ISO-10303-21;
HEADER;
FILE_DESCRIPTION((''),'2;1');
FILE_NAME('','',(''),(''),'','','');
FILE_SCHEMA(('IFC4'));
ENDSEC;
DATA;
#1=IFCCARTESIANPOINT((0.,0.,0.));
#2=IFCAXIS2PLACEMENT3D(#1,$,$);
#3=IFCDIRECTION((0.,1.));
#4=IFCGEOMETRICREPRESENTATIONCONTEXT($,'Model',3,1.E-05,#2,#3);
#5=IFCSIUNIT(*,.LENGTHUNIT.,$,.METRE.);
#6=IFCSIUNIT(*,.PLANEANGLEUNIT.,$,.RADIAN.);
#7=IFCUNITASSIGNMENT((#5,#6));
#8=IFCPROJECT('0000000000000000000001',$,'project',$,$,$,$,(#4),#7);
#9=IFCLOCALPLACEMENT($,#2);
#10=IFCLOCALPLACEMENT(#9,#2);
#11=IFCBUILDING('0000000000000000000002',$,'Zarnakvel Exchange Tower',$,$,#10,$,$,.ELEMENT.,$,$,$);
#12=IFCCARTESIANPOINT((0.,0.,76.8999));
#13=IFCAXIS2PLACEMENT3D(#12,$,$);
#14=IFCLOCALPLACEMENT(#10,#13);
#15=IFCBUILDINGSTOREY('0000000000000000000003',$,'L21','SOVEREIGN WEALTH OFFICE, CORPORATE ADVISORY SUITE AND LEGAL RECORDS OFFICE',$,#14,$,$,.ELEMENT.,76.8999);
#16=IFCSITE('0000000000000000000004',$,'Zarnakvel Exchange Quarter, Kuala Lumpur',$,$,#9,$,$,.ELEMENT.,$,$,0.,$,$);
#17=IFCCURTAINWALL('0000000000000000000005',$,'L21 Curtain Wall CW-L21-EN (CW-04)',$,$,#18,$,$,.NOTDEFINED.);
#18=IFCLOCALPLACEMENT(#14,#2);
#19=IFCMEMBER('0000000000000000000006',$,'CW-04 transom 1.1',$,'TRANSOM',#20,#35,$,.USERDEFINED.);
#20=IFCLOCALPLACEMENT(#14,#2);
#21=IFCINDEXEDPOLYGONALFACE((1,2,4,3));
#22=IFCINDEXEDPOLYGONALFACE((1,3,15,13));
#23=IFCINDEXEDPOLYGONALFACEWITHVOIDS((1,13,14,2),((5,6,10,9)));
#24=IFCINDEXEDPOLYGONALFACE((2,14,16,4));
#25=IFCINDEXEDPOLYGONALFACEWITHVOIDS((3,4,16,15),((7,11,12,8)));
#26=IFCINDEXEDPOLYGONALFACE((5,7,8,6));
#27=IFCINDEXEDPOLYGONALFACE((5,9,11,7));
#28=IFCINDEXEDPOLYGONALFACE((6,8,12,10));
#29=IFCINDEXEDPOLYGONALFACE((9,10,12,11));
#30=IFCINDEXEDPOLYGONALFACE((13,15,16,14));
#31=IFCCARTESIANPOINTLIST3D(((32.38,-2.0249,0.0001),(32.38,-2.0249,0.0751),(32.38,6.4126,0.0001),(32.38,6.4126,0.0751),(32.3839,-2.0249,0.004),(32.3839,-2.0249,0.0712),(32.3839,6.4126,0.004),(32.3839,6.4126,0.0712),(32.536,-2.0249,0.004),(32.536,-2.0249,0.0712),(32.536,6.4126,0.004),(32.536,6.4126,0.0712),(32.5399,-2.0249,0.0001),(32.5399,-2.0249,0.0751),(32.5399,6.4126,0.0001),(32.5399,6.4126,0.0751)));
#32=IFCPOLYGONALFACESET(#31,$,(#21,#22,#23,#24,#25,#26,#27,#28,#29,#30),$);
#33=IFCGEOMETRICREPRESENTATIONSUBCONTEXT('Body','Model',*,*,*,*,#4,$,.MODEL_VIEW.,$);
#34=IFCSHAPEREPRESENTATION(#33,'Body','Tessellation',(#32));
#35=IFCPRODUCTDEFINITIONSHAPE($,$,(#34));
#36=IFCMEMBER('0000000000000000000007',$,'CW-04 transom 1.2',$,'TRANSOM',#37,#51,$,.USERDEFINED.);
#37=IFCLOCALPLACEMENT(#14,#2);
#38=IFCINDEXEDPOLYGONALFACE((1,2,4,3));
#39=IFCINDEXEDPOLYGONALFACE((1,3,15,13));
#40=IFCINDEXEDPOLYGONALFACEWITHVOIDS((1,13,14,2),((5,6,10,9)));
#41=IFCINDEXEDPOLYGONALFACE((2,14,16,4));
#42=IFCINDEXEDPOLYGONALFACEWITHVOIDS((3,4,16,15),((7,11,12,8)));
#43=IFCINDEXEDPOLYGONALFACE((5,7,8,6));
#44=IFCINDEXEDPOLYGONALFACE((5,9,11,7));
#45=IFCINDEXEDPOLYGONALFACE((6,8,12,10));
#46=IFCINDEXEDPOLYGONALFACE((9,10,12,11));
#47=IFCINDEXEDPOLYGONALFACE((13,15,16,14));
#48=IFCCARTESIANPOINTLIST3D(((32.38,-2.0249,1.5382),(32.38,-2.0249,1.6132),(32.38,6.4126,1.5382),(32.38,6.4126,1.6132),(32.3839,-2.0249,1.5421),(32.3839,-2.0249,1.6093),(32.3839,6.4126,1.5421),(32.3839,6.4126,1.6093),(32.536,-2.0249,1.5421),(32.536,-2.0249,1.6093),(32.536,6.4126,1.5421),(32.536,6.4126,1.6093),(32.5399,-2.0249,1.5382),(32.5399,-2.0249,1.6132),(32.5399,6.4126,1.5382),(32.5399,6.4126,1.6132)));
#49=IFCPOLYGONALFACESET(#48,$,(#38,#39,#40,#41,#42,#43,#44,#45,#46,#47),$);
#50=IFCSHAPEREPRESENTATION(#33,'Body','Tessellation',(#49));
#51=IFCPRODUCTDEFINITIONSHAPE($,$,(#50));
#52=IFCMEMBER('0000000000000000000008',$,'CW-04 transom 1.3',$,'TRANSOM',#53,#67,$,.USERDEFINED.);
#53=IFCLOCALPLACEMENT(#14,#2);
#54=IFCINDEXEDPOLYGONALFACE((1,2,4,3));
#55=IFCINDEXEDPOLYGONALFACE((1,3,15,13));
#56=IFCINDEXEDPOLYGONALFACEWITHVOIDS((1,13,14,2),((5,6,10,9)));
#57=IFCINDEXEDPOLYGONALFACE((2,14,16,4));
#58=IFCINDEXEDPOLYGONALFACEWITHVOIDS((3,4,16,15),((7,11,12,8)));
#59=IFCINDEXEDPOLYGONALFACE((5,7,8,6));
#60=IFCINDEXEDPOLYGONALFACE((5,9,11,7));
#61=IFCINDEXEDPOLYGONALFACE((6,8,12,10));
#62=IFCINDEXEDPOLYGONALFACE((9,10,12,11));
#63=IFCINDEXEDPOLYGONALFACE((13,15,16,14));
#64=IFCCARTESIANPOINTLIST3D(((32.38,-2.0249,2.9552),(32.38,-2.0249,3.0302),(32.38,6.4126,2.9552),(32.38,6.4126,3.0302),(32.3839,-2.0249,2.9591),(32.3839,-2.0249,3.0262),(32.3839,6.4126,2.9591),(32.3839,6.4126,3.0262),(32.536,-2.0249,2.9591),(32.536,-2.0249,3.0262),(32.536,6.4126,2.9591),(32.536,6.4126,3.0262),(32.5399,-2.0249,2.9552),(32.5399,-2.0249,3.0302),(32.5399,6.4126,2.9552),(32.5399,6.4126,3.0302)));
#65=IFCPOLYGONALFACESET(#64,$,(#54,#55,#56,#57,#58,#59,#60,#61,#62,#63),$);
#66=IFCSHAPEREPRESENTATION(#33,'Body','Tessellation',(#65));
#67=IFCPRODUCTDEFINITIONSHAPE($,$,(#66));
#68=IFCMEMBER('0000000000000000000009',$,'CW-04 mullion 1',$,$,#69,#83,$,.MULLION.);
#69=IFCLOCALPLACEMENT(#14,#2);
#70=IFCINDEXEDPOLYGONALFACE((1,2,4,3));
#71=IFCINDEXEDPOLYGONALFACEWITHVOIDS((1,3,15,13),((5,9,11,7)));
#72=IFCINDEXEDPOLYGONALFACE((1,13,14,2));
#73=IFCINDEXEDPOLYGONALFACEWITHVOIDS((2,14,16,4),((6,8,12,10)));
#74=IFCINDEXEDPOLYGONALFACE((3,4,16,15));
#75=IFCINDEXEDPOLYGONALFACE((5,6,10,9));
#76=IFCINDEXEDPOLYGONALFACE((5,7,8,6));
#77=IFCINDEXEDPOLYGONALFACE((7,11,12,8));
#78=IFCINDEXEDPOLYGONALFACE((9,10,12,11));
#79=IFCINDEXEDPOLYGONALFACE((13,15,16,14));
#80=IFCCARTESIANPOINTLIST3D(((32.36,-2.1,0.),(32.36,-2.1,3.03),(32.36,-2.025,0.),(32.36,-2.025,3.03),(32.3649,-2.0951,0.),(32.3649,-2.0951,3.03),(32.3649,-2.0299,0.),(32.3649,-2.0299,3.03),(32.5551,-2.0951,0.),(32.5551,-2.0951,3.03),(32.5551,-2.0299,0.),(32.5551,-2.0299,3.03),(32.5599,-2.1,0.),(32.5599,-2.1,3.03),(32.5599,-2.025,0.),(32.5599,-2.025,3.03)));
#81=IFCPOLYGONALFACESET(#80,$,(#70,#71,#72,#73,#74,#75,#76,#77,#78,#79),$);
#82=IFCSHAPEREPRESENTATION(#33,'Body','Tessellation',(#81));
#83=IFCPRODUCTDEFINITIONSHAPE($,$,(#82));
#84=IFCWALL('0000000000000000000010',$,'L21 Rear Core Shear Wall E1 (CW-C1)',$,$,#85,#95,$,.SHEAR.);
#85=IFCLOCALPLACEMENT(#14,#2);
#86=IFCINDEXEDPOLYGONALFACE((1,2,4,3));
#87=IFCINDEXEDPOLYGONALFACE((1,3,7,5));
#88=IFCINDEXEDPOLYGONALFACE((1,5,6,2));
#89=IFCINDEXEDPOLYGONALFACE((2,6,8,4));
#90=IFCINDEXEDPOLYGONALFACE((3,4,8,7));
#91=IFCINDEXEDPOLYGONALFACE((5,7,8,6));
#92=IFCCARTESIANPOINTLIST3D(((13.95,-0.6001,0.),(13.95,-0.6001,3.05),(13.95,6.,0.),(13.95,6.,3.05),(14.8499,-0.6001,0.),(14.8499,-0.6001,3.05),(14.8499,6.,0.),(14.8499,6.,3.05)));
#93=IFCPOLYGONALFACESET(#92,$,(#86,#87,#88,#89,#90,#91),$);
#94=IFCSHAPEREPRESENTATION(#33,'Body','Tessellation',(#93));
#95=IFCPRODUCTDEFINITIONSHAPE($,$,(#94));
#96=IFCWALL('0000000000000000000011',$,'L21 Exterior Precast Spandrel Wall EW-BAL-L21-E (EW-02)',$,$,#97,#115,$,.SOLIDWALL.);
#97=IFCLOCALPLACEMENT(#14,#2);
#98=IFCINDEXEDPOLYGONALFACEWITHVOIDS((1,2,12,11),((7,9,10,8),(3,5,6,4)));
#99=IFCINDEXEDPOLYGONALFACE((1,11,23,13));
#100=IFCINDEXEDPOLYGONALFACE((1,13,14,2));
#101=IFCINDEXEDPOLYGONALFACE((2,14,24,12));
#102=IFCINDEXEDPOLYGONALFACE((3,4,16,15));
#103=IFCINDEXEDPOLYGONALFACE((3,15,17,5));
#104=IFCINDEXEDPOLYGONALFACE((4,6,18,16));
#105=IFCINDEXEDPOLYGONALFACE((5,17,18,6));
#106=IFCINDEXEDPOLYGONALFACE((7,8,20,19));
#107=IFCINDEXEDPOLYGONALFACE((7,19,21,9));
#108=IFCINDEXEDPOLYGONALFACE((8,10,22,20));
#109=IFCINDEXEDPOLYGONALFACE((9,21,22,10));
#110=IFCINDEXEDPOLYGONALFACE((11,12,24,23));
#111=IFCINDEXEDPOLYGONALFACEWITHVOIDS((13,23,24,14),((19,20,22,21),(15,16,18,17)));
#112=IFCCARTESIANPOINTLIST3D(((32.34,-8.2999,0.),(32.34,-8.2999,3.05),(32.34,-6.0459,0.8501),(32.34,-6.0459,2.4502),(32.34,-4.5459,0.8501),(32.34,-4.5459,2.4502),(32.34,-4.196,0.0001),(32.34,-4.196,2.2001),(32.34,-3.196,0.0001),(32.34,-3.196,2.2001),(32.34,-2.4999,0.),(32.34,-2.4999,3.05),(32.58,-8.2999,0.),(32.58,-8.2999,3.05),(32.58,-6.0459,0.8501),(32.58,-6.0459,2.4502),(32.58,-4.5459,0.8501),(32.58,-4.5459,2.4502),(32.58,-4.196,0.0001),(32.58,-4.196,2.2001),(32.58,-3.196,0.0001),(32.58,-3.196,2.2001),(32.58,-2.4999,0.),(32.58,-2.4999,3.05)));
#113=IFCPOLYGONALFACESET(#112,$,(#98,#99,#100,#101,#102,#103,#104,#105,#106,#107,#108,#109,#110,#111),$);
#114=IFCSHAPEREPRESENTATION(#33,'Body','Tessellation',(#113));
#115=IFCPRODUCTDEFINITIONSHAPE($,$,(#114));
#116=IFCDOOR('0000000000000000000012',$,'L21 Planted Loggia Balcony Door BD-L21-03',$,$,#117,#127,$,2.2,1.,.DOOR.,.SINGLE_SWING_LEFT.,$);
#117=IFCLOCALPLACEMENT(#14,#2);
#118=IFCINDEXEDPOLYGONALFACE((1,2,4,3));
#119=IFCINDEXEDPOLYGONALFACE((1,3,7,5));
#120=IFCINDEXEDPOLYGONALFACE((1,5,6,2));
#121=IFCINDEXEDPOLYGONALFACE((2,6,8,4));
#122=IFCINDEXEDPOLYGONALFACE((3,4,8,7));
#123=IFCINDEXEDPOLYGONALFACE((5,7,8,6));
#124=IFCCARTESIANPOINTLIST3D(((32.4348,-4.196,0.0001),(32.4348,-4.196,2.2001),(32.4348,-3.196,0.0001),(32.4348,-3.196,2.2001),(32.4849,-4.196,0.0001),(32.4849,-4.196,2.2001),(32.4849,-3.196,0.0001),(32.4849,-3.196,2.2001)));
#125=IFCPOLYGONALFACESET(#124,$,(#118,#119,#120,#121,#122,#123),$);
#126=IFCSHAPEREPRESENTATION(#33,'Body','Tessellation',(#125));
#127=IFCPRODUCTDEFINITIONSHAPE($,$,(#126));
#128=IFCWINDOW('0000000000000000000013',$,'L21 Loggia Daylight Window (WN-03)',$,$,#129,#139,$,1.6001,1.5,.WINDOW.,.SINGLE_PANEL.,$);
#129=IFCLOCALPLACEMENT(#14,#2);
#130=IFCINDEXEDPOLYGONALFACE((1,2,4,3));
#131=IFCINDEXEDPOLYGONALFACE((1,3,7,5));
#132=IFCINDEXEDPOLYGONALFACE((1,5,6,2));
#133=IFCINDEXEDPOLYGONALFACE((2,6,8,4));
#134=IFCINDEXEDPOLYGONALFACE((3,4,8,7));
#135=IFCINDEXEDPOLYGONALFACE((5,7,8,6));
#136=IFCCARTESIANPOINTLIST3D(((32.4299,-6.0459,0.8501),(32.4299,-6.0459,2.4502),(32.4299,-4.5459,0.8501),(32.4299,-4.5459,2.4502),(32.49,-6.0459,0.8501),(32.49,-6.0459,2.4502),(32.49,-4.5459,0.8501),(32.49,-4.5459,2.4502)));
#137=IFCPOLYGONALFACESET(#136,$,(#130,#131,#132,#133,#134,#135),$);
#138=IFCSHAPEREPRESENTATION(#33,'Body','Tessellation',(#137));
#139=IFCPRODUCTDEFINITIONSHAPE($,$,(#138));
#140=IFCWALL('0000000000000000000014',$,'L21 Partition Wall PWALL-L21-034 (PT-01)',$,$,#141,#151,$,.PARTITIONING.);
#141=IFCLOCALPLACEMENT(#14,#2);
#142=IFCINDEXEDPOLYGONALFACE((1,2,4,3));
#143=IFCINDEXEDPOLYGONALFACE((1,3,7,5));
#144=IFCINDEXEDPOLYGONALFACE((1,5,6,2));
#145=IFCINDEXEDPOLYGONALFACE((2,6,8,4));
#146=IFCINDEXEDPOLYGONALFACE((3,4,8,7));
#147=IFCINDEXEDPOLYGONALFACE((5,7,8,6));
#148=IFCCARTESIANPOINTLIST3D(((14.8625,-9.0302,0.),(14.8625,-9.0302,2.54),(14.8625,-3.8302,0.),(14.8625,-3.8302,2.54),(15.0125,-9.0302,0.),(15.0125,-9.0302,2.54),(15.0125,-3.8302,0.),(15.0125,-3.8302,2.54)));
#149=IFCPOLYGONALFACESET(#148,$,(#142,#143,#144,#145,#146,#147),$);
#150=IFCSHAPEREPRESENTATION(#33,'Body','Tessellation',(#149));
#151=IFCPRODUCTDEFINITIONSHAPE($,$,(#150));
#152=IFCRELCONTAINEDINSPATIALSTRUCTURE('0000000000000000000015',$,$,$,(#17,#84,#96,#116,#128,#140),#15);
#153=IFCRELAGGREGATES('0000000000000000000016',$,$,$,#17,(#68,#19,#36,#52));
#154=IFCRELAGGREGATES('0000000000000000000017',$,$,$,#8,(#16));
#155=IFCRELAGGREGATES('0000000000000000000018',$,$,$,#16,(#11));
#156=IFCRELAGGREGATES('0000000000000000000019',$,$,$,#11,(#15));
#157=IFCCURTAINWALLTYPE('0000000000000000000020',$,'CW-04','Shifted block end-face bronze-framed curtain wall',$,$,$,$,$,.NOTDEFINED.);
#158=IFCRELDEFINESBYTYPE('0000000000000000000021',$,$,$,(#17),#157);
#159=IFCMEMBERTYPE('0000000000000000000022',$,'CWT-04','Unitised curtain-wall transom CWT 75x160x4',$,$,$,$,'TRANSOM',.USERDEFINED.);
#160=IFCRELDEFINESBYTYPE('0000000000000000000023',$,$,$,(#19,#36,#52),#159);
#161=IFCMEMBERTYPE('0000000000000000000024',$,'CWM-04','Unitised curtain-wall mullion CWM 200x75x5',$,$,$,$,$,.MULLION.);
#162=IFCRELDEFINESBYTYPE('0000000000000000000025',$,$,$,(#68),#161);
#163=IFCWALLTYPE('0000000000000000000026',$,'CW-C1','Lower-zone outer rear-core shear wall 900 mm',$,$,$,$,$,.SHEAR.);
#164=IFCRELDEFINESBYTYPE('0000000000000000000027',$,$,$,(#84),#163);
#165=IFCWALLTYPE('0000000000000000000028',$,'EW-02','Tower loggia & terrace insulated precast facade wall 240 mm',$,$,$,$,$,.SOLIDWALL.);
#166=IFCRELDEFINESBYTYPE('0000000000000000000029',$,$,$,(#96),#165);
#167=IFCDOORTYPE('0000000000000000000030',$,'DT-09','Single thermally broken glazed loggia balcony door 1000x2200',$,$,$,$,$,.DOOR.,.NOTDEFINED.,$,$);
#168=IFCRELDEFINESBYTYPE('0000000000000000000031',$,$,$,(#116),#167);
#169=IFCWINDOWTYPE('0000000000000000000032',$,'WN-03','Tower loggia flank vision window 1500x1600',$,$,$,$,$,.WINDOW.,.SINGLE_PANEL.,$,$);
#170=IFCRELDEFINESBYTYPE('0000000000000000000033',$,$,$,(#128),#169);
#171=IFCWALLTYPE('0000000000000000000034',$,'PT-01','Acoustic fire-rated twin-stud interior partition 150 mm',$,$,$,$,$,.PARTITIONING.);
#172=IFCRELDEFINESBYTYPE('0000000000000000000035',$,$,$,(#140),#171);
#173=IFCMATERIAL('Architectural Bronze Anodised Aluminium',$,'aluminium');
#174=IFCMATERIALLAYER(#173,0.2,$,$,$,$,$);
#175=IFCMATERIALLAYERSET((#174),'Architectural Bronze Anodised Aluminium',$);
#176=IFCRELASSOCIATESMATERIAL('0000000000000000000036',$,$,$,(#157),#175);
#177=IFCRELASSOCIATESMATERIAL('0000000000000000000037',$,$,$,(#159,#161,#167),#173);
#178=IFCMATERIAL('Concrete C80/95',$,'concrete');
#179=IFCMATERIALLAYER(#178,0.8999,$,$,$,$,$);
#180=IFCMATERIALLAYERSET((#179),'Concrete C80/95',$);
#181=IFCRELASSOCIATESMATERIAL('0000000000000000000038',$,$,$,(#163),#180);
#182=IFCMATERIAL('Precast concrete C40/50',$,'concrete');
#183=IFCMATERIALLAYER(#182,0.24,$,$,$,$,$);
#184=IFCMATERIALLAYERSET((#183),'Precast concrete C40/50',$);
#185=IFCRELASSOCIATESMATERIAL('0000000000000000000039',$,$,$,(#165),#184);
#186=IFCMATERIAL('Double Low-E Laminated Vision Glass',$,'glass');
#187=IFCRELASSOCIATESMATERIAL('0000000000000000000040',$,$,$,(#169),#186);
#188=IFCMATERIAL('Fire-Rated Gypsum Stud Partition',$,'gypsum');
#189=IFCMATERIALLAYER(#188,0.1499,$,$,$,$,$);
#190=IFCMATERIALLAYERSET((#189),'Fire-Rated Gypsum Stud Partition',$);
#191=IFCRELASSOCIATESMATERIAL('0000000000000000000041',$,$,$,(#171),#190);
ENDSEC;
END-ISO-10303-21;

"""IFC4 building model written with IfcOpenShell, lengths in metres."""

from ifc_helpers import new_model, si_unit, direction, frame, frame_2d, origin, origin_2d, place, context, subcontext, project, spatial, rectangle, hollow_rectangle, extrude, source, transform, mapped, material, layer, layer_set, material_profile, profile_set, type_object, element, fill, aggregate, save


model = new_model("IFC4")

# Units and contexts
model_context = context("Model", 3, precision=1e-05, world=origin(), true_north=direction((0.0, 1.0)))
body_context = subcontext(model_context, "Body", "Model", "MODEL_VIEW")
ifc_project = project(units=[si_unit("LENGTHUNIT", "METRE"), si_unit("PLANEANGLEUNIT", "RADIAN")], contexts=[model_context])

# Site, building, storey
site_placement = place(None, origin())
site = spatial("IfcSite", under=ifc_project, at=site_placement, Name="Zarnakvel Exchange Quarter, Kuala Lumpur", CompositionType="ELEMENT", RefElevation=0.0)
building_placement = place(site_placement, origin())
building = spatial("IfcBuilding", under=site, at=building_placement, Name="Zarnakvel Exchange Tower", CompositionType="ELEMENT")
storey_placement = place(building_placement, frame((0.0, 0.0, 76.8999)))
storey = spatial("IfcBuildingStorey", under=building, at=storey_placement, Name="L21", Description="SOVEREIGN WEALTH OFFICE, CORPORATE ADVISORY SUITE AND LEGAL RECORDS OFFICE", CompositionType="ELEMENT", Elevation=76.8999)

# Shared definitions
ifc_material_1 = material(Name="Concrete C80/95", Category="concrete")

# Curtain wall, members
ifc_material_2 = material(Name="Architectural Bronze Anodised Aluminium", Category="aluminium")
ifc_layer_1 = layer(ifc_material_2, 0.2)
ifc_layer_set_1 = layer_set([ifc_layer_1], Name="Architectural Bronze Anodised Aluminium")
curtain_wall_type = type_object("IfcCurtainWallType", Name="CW-04", Description="Shifted block end-face bronze-framed curtain wall", PredefinedType="NOTDEFINED", material=ifc_layer_set_1)
curtain_wall_placement = place(storey_placement, origin())
curtain_wall = element("IfcCurtainWall", 1, at=curtain_wall_placement, inside=storey, type_object=curtain_wall_type, Name="L21 Curtain Wall CW-L21-EN (CW-04)", PredefinedType="NOTDEFINED")
ifc_material_profile_1 = material_profile(ifc_material_2, hollow_rectangle(XDim=0.1599, YDim=0.075, WallThickness=0.0039, at=origin_2d()))
ifc_profile_set_1 = profile_set([ifc_material_profile_1], Name="Architectural Bronze Anodised Aluminium")
member_type_1 = type_object("IfcMemberType", Name="CWT-04", Description="Unitised curtain-wall transom CWT 75x160x4", ElementType="TRANSOM", PredefinedType="USERDEFINED", material=ifc_profile_set_1)
shared_shape_1 = source(origin(), body_context, "Body", "SweptSolid", [
    extrude(hollow_rectangle(XDim=0.1599, YDim=0.075, WallThickness=0.0039, at=origin_2d()), origin(), (0.0, 0.0, 1.0), 8.4375),
])
member_1_placement = place(storey_placement, frame((32.46, -2.0249, 0.0376), z_axis=(0.0, 1.0, 0.0), x_axis=(-1.0, 0.0, 0.0)))
member_1 = element("IfcMember", 2, at=member_1_placement, type_object=member_type_1, Name="CW-04 transom 1.1", ObjectType="TRANSOM", PredefinedType="USERDEFINED", context=body_context, shape_type="MappedRepresentation", body=[
    mapped(shared_shape_1, transform((0.0, 0.0, 0.0), x_axis=(1.0, 0.0, 0.0), y_axis=(0.0, 1.0, 0.0), z_axis=(0.0, 0.0, 1.0), scale=1.0)),
])
member_2_placement = place(storey_placement, frame((32.46, -2.0249, 1.5757), z_axis=(0.0, 1.0, 0.0), x_axis=(-1.0, 0.0, 0.0)))
member_2 = element("IfcMember", 3, at=member_2_placement, type_object=member_type_1, Name="CW-04 transom 1.2", ObjectType="TRANSOM", PredefinedType="USERDEFINED", context=body_context, shape_type="MappedRepresentation", body=[
    mapped(shared_shape_1, transform((0.0, 0.0, 0.0), x_axis=(1.0, 0.0, 0.0), y_axis=(0.0, 1.0, 0.0), z_axis=(0.0, 0.0, 1.0), scale=1.0)),
])
member_3_placement = place(storey_placement, frame((32.46, -2.0249, 2.9927), z_axis=(0.0, 1.0, 0.0), x_axis=(-1.0, 0.0, 0.0)))
member_3 = element("IfcMember", 4, at=member_3_placement, type_object=member_type_1, Name="CW-04 transom 1.3", ObjectType="TRANSOM", PredefinedType="USERDEFINED", context=body_context, shape_type="MappedRepresentation", body=[
    mapped(shared_shape_1, transform((0.0, 0.0, 0.0), x_axis=(1.0, 0.0, 0.0), y_axis=(0.0, 1.0, 0.0), z_axis=(0.0, 0.0, 1.0), scale=1.0)),
])
ifc_material_profile_2 = material_profile(ifc_material_2, hollow_rectangle(XDim=0.2, YDim=0.075, WallThickness=0.0049, at=origin_2d()))
ifc_profile_set_2 = profile_set([ifc_material_profile_2], Name="Architectural Bronze Anodised Aluminium")
member_type_2 = type_object("IfcMemberType", Name="CWM-04", Description="Unitised curtain-wall mullion CWM 200x75x5", PredefinedType="MULLION", material=ifc_profile_set_2)
shared_shape_2 = source(origin(), body_context, "Body", "SweptSolid", [
    extrude(hollow_rectangle(XDim=0.2, YDim=0.075, WallThickness=0.0049, at=origin_2d()), origin(), (0.0, 0.0, 1.0), 3.03),
])
member_4_placement = place(storey_placement, frame((32.46, -2.0625, 0.0), z_axis=(0.0, 0.0, 1.0), x_axis=(-1.0, 0.0, 0.0)))
member_4 = element("IfcMember", 5, at=member_4_placement, type_object=member_type_2, Name="CW-04 mullion 1", PredefinedType="MULLION", context=body_context, shape_type="MappedRepresentation", body=[
    mapped(shared_shape_2, transform((0.0, 0.0, 0.0), x_axis=(1.0, 0.0, 0.0), y_axis=(0.0, 1.0, 0.0), z_axis=(0.0, 0.0, 1.0), scale=1.0)),
])
aggregate(curtain_wall, [member_4, member_1, member_2, member_3])

# Wall
ifc_layer_2 = layer(ifc_material_1, 0.8999)
ifc_layer_set_2 = layer_set([ifc_layer_2], Name="Concrete C80/95")
wall_type_1 = type_object("IfcWallType", Name="CW-C1", Description="Lower-zone outer rear-core shear wall 900 mm", PredefinedType="SHEAR", material=ifc_layer_set_2)
wall_1_placement = place(storey_placement, frame((14.3999, -0.6001, 0.0), z_axis=(0.0, 0.0, 1.0), x_axis=(0.0, 1.0, 0.0)))
element("IfcWall", 6, at=wall_1_placement, inside=storey, type_object=wall_type_1, Name="L21 Rear Core Shear Wall E1 (CW-C1)", PredefinedType="SHEAR", context=body_context, shape_type="SweptSolid", body=[
    extrude(rectangle(XDim=6.6001, YDim=0.8999, at=frame_2d((3.3, 0.0))), origin(), (0.0, 0.0, 1.0), 3.05),
])

# Wall, openings, door, window
ifc_material_3 = material(Name="Precast concrete C40/50", Category="concrete")
ifc_layer_3 = layer(ifc_material_3, 0.24)
ifc_layer_set_3 = layer_set([ifc_layer_3], Name="Precast concrete C40/50")
wall_type_2 = type_object("IfcWallType", Name="EW-02", Description="Tower loggia & terrace insulated precast facade wall 240 mm", PredefinedType="SOLIDWALL", material=ifc_layer_set_3)
wall_2_placement = place(storey_placement, frame((32.46, -2.5, 0.0), z_axis=(0.0, 0.0, 1.0), x_axis=(0.0, -1.0, 0.0)))
wall_2 = element("IfcWall", 7, at=wall_2_placement, inside=storey, type_object=wall_type_2, Name="L21 Exterior Precast Spandrel Wall EW-BAL-L21-E (EW-02)", PredefinedType="SOLIDWALL", context=body_context, shape_type="SweptSolid", body=[
    extrude(rectangle(XDim=5.8, YDim=0.24, at=frame_2d((2.8999, 0.0))), origin(), (0.0, 0.0, 1.0), 3.05),
])
opening_1_placement = place(wall_2_placement, frame((0.696, 0.0, 0.0)))
opening_1 = element("IfcOpeningElement", 8, at=opening_1_placement, cuts=wall_2, PredefinedType="OPENING", context=body_context, shape_type="SweptSolid", body=[
    extrude(rectangle(XDim=1.0, YDim=2.2, at=frame_2d((0.5, 1.1001))), frame((0.0, 0.1299, 0.0), z_axis=(0.0, -1.0, 0.0), x_axis=(1.0, 0.0, 0.0)), (0.0, 0.0, 1.0), 0.26),
])
opening_2_placement = place(wall_2_placement, frame((2.0459, 0.0, 0.8501)))
opening_2 = element("IfcOpeningElement", 9, at=opening_2_placement, cuts=wall_2, PredefinedType="OPENING", context=body_context, shape_type="SweptSolid", body=[
    extrude(rectangle(XDim=1.5, YDim=1.6001, at=frame_2d((0.75, 0.8))), frame((0.0, 0.1299, 0.0), z_axis=(0.0, -1.0, 0.0), x_axis=(1.0, 0.0, 0.0)), (0.0, 0.0, 1.0), 0.26),
])
door_type_1 = type_object("IfcDoorType", Name="DT-09", Description="Single thermally broken glazed loggia balcony door 1000x2200", OperationType="NOTDEFINED", PredefinedType="DOOR", material=ifc_material_2)
shared_shape_3 = source(origin(), body_context, "Body", "SweptSolid", [
    extrude(rectangle(XDim=1.0, YDim=2.2, at=frame_2d((0.5, 1.1001))), frame((0.0, 0.0249, 0.0), z_axis=(0.0, -1.0, 0.0), x_axis=(1.0, 0.0, 0.0)), (0.0, 0.0, 1.0), 0.05),
])
door_1_placement = place(opening_1_placement, origin())
door_1 = element("IfcDoor", 10, at=door_1_placement, inside=storey, type_object=door_type_1, Name="L21 Planted Loggia Balcony Door BD-L21-03", OperationType="SINGLE_SWING_LEFT", OverallHeight=2.2, OverallWidth=1.0, PredefinedType="DOOR", context=body_context, shape_type="MappedRepresentation", body=[
    mapped(shared_shape_3, transform((0.0, 0.0, 0.0), x_axis=(1.0, 0.0, 0.0), y_axis=(0.0, 1.0, 0.0), z_axis=(0.0, 0.0, 1.0), scale=1.0)),
])
fill(opening_1, door_1)
ifc_material_4 = material(Name="Double Low-E Laminated Vision Glass", Category="glass")
window_type = type_object("IfcWindowType", Name="WN-03", Description="Tower loggia flank vision window 1500x1600", PartitioningType="SINGLE_PANEL", PredefinedType="WINDOW", material=ifc_material_4)
shared_shape_4 = source(origin(), body_context, "Body", "SweptSolid", [
    extrude(rectangle(XDim=1.5, YDim=1.6001, at=frame_2d((0.75, 0.8))), frame((0.0, 0.03, 0.0), z_axis=(0.0, -1.0, 0.0), x_axis=(1.0, 0.0, 0.0)), (0.0, 0.0, 1.0), 0.0601),
])
window_placement = place(opening_2_placement, origin())
window = element("IfcWindow", 11, at=window_placement, inside=storey, type_object=window_type, Name="L21 Loggia Daylight Window (WN-03)", OverallHeight=1.6001, OverallWidth=1.5, PartitioningType="SINGLE_PANEL", PredefinedType="WINDOW", context=body_context, shape_type="MappedRepresentation", body=[
    mapped(shared_shape_4, transform((0.0, 0.0, 0.0), x_axis=(1.0, 0.0, 0.0), y_axis=(0.0, 1.0, 0.0), z_axis=(0.0, 0.0, 1.0), scale=1.0)),
])
fill(opening_2, window)

# Wall
ifc_material_5 = material(Name="Fire-Rated Gypsum Stud Partition", Category="gypsum")
ifc_layer_4 = layer(ifc_material_5, 0.1499)
ifc_layer_set_4 = layer_set([ifc_layer_4], Name="Fire-Rated Gypsum Stud Partition")
wall_type_3 = type_object("IfcWallType", Name="PT-01", Description="Acoustic fire-rated twin-stud interior partition 150 mm", PredefinedType="PARTITIONING", material=ifc_layer_set_4)
wall_3_placement = place(storey_placement, frame((14.9375, -3.8301, 0.0), z_axis=(0.0, 0.0, 1.0), x_axis=(0.0, -1.0, 0.0)))
element("IfcWall", 12, at=wall_3_placement, inside=storey, type_object=wall_type_3, Name="L21 Partition Wall PWALL-L21-034 (PT-01)", PredefinedType="PARTITIONING", context=body_context, shape_type="SweptSolid", body=[
    extrude(rectangle(XDim=5.2, YDim=0.1499, at=frame_2d((2.6001, 0.0))), origin(), (0.0, 0.0, 1.0), 2.54),
])

save(model, "model.ifc")
